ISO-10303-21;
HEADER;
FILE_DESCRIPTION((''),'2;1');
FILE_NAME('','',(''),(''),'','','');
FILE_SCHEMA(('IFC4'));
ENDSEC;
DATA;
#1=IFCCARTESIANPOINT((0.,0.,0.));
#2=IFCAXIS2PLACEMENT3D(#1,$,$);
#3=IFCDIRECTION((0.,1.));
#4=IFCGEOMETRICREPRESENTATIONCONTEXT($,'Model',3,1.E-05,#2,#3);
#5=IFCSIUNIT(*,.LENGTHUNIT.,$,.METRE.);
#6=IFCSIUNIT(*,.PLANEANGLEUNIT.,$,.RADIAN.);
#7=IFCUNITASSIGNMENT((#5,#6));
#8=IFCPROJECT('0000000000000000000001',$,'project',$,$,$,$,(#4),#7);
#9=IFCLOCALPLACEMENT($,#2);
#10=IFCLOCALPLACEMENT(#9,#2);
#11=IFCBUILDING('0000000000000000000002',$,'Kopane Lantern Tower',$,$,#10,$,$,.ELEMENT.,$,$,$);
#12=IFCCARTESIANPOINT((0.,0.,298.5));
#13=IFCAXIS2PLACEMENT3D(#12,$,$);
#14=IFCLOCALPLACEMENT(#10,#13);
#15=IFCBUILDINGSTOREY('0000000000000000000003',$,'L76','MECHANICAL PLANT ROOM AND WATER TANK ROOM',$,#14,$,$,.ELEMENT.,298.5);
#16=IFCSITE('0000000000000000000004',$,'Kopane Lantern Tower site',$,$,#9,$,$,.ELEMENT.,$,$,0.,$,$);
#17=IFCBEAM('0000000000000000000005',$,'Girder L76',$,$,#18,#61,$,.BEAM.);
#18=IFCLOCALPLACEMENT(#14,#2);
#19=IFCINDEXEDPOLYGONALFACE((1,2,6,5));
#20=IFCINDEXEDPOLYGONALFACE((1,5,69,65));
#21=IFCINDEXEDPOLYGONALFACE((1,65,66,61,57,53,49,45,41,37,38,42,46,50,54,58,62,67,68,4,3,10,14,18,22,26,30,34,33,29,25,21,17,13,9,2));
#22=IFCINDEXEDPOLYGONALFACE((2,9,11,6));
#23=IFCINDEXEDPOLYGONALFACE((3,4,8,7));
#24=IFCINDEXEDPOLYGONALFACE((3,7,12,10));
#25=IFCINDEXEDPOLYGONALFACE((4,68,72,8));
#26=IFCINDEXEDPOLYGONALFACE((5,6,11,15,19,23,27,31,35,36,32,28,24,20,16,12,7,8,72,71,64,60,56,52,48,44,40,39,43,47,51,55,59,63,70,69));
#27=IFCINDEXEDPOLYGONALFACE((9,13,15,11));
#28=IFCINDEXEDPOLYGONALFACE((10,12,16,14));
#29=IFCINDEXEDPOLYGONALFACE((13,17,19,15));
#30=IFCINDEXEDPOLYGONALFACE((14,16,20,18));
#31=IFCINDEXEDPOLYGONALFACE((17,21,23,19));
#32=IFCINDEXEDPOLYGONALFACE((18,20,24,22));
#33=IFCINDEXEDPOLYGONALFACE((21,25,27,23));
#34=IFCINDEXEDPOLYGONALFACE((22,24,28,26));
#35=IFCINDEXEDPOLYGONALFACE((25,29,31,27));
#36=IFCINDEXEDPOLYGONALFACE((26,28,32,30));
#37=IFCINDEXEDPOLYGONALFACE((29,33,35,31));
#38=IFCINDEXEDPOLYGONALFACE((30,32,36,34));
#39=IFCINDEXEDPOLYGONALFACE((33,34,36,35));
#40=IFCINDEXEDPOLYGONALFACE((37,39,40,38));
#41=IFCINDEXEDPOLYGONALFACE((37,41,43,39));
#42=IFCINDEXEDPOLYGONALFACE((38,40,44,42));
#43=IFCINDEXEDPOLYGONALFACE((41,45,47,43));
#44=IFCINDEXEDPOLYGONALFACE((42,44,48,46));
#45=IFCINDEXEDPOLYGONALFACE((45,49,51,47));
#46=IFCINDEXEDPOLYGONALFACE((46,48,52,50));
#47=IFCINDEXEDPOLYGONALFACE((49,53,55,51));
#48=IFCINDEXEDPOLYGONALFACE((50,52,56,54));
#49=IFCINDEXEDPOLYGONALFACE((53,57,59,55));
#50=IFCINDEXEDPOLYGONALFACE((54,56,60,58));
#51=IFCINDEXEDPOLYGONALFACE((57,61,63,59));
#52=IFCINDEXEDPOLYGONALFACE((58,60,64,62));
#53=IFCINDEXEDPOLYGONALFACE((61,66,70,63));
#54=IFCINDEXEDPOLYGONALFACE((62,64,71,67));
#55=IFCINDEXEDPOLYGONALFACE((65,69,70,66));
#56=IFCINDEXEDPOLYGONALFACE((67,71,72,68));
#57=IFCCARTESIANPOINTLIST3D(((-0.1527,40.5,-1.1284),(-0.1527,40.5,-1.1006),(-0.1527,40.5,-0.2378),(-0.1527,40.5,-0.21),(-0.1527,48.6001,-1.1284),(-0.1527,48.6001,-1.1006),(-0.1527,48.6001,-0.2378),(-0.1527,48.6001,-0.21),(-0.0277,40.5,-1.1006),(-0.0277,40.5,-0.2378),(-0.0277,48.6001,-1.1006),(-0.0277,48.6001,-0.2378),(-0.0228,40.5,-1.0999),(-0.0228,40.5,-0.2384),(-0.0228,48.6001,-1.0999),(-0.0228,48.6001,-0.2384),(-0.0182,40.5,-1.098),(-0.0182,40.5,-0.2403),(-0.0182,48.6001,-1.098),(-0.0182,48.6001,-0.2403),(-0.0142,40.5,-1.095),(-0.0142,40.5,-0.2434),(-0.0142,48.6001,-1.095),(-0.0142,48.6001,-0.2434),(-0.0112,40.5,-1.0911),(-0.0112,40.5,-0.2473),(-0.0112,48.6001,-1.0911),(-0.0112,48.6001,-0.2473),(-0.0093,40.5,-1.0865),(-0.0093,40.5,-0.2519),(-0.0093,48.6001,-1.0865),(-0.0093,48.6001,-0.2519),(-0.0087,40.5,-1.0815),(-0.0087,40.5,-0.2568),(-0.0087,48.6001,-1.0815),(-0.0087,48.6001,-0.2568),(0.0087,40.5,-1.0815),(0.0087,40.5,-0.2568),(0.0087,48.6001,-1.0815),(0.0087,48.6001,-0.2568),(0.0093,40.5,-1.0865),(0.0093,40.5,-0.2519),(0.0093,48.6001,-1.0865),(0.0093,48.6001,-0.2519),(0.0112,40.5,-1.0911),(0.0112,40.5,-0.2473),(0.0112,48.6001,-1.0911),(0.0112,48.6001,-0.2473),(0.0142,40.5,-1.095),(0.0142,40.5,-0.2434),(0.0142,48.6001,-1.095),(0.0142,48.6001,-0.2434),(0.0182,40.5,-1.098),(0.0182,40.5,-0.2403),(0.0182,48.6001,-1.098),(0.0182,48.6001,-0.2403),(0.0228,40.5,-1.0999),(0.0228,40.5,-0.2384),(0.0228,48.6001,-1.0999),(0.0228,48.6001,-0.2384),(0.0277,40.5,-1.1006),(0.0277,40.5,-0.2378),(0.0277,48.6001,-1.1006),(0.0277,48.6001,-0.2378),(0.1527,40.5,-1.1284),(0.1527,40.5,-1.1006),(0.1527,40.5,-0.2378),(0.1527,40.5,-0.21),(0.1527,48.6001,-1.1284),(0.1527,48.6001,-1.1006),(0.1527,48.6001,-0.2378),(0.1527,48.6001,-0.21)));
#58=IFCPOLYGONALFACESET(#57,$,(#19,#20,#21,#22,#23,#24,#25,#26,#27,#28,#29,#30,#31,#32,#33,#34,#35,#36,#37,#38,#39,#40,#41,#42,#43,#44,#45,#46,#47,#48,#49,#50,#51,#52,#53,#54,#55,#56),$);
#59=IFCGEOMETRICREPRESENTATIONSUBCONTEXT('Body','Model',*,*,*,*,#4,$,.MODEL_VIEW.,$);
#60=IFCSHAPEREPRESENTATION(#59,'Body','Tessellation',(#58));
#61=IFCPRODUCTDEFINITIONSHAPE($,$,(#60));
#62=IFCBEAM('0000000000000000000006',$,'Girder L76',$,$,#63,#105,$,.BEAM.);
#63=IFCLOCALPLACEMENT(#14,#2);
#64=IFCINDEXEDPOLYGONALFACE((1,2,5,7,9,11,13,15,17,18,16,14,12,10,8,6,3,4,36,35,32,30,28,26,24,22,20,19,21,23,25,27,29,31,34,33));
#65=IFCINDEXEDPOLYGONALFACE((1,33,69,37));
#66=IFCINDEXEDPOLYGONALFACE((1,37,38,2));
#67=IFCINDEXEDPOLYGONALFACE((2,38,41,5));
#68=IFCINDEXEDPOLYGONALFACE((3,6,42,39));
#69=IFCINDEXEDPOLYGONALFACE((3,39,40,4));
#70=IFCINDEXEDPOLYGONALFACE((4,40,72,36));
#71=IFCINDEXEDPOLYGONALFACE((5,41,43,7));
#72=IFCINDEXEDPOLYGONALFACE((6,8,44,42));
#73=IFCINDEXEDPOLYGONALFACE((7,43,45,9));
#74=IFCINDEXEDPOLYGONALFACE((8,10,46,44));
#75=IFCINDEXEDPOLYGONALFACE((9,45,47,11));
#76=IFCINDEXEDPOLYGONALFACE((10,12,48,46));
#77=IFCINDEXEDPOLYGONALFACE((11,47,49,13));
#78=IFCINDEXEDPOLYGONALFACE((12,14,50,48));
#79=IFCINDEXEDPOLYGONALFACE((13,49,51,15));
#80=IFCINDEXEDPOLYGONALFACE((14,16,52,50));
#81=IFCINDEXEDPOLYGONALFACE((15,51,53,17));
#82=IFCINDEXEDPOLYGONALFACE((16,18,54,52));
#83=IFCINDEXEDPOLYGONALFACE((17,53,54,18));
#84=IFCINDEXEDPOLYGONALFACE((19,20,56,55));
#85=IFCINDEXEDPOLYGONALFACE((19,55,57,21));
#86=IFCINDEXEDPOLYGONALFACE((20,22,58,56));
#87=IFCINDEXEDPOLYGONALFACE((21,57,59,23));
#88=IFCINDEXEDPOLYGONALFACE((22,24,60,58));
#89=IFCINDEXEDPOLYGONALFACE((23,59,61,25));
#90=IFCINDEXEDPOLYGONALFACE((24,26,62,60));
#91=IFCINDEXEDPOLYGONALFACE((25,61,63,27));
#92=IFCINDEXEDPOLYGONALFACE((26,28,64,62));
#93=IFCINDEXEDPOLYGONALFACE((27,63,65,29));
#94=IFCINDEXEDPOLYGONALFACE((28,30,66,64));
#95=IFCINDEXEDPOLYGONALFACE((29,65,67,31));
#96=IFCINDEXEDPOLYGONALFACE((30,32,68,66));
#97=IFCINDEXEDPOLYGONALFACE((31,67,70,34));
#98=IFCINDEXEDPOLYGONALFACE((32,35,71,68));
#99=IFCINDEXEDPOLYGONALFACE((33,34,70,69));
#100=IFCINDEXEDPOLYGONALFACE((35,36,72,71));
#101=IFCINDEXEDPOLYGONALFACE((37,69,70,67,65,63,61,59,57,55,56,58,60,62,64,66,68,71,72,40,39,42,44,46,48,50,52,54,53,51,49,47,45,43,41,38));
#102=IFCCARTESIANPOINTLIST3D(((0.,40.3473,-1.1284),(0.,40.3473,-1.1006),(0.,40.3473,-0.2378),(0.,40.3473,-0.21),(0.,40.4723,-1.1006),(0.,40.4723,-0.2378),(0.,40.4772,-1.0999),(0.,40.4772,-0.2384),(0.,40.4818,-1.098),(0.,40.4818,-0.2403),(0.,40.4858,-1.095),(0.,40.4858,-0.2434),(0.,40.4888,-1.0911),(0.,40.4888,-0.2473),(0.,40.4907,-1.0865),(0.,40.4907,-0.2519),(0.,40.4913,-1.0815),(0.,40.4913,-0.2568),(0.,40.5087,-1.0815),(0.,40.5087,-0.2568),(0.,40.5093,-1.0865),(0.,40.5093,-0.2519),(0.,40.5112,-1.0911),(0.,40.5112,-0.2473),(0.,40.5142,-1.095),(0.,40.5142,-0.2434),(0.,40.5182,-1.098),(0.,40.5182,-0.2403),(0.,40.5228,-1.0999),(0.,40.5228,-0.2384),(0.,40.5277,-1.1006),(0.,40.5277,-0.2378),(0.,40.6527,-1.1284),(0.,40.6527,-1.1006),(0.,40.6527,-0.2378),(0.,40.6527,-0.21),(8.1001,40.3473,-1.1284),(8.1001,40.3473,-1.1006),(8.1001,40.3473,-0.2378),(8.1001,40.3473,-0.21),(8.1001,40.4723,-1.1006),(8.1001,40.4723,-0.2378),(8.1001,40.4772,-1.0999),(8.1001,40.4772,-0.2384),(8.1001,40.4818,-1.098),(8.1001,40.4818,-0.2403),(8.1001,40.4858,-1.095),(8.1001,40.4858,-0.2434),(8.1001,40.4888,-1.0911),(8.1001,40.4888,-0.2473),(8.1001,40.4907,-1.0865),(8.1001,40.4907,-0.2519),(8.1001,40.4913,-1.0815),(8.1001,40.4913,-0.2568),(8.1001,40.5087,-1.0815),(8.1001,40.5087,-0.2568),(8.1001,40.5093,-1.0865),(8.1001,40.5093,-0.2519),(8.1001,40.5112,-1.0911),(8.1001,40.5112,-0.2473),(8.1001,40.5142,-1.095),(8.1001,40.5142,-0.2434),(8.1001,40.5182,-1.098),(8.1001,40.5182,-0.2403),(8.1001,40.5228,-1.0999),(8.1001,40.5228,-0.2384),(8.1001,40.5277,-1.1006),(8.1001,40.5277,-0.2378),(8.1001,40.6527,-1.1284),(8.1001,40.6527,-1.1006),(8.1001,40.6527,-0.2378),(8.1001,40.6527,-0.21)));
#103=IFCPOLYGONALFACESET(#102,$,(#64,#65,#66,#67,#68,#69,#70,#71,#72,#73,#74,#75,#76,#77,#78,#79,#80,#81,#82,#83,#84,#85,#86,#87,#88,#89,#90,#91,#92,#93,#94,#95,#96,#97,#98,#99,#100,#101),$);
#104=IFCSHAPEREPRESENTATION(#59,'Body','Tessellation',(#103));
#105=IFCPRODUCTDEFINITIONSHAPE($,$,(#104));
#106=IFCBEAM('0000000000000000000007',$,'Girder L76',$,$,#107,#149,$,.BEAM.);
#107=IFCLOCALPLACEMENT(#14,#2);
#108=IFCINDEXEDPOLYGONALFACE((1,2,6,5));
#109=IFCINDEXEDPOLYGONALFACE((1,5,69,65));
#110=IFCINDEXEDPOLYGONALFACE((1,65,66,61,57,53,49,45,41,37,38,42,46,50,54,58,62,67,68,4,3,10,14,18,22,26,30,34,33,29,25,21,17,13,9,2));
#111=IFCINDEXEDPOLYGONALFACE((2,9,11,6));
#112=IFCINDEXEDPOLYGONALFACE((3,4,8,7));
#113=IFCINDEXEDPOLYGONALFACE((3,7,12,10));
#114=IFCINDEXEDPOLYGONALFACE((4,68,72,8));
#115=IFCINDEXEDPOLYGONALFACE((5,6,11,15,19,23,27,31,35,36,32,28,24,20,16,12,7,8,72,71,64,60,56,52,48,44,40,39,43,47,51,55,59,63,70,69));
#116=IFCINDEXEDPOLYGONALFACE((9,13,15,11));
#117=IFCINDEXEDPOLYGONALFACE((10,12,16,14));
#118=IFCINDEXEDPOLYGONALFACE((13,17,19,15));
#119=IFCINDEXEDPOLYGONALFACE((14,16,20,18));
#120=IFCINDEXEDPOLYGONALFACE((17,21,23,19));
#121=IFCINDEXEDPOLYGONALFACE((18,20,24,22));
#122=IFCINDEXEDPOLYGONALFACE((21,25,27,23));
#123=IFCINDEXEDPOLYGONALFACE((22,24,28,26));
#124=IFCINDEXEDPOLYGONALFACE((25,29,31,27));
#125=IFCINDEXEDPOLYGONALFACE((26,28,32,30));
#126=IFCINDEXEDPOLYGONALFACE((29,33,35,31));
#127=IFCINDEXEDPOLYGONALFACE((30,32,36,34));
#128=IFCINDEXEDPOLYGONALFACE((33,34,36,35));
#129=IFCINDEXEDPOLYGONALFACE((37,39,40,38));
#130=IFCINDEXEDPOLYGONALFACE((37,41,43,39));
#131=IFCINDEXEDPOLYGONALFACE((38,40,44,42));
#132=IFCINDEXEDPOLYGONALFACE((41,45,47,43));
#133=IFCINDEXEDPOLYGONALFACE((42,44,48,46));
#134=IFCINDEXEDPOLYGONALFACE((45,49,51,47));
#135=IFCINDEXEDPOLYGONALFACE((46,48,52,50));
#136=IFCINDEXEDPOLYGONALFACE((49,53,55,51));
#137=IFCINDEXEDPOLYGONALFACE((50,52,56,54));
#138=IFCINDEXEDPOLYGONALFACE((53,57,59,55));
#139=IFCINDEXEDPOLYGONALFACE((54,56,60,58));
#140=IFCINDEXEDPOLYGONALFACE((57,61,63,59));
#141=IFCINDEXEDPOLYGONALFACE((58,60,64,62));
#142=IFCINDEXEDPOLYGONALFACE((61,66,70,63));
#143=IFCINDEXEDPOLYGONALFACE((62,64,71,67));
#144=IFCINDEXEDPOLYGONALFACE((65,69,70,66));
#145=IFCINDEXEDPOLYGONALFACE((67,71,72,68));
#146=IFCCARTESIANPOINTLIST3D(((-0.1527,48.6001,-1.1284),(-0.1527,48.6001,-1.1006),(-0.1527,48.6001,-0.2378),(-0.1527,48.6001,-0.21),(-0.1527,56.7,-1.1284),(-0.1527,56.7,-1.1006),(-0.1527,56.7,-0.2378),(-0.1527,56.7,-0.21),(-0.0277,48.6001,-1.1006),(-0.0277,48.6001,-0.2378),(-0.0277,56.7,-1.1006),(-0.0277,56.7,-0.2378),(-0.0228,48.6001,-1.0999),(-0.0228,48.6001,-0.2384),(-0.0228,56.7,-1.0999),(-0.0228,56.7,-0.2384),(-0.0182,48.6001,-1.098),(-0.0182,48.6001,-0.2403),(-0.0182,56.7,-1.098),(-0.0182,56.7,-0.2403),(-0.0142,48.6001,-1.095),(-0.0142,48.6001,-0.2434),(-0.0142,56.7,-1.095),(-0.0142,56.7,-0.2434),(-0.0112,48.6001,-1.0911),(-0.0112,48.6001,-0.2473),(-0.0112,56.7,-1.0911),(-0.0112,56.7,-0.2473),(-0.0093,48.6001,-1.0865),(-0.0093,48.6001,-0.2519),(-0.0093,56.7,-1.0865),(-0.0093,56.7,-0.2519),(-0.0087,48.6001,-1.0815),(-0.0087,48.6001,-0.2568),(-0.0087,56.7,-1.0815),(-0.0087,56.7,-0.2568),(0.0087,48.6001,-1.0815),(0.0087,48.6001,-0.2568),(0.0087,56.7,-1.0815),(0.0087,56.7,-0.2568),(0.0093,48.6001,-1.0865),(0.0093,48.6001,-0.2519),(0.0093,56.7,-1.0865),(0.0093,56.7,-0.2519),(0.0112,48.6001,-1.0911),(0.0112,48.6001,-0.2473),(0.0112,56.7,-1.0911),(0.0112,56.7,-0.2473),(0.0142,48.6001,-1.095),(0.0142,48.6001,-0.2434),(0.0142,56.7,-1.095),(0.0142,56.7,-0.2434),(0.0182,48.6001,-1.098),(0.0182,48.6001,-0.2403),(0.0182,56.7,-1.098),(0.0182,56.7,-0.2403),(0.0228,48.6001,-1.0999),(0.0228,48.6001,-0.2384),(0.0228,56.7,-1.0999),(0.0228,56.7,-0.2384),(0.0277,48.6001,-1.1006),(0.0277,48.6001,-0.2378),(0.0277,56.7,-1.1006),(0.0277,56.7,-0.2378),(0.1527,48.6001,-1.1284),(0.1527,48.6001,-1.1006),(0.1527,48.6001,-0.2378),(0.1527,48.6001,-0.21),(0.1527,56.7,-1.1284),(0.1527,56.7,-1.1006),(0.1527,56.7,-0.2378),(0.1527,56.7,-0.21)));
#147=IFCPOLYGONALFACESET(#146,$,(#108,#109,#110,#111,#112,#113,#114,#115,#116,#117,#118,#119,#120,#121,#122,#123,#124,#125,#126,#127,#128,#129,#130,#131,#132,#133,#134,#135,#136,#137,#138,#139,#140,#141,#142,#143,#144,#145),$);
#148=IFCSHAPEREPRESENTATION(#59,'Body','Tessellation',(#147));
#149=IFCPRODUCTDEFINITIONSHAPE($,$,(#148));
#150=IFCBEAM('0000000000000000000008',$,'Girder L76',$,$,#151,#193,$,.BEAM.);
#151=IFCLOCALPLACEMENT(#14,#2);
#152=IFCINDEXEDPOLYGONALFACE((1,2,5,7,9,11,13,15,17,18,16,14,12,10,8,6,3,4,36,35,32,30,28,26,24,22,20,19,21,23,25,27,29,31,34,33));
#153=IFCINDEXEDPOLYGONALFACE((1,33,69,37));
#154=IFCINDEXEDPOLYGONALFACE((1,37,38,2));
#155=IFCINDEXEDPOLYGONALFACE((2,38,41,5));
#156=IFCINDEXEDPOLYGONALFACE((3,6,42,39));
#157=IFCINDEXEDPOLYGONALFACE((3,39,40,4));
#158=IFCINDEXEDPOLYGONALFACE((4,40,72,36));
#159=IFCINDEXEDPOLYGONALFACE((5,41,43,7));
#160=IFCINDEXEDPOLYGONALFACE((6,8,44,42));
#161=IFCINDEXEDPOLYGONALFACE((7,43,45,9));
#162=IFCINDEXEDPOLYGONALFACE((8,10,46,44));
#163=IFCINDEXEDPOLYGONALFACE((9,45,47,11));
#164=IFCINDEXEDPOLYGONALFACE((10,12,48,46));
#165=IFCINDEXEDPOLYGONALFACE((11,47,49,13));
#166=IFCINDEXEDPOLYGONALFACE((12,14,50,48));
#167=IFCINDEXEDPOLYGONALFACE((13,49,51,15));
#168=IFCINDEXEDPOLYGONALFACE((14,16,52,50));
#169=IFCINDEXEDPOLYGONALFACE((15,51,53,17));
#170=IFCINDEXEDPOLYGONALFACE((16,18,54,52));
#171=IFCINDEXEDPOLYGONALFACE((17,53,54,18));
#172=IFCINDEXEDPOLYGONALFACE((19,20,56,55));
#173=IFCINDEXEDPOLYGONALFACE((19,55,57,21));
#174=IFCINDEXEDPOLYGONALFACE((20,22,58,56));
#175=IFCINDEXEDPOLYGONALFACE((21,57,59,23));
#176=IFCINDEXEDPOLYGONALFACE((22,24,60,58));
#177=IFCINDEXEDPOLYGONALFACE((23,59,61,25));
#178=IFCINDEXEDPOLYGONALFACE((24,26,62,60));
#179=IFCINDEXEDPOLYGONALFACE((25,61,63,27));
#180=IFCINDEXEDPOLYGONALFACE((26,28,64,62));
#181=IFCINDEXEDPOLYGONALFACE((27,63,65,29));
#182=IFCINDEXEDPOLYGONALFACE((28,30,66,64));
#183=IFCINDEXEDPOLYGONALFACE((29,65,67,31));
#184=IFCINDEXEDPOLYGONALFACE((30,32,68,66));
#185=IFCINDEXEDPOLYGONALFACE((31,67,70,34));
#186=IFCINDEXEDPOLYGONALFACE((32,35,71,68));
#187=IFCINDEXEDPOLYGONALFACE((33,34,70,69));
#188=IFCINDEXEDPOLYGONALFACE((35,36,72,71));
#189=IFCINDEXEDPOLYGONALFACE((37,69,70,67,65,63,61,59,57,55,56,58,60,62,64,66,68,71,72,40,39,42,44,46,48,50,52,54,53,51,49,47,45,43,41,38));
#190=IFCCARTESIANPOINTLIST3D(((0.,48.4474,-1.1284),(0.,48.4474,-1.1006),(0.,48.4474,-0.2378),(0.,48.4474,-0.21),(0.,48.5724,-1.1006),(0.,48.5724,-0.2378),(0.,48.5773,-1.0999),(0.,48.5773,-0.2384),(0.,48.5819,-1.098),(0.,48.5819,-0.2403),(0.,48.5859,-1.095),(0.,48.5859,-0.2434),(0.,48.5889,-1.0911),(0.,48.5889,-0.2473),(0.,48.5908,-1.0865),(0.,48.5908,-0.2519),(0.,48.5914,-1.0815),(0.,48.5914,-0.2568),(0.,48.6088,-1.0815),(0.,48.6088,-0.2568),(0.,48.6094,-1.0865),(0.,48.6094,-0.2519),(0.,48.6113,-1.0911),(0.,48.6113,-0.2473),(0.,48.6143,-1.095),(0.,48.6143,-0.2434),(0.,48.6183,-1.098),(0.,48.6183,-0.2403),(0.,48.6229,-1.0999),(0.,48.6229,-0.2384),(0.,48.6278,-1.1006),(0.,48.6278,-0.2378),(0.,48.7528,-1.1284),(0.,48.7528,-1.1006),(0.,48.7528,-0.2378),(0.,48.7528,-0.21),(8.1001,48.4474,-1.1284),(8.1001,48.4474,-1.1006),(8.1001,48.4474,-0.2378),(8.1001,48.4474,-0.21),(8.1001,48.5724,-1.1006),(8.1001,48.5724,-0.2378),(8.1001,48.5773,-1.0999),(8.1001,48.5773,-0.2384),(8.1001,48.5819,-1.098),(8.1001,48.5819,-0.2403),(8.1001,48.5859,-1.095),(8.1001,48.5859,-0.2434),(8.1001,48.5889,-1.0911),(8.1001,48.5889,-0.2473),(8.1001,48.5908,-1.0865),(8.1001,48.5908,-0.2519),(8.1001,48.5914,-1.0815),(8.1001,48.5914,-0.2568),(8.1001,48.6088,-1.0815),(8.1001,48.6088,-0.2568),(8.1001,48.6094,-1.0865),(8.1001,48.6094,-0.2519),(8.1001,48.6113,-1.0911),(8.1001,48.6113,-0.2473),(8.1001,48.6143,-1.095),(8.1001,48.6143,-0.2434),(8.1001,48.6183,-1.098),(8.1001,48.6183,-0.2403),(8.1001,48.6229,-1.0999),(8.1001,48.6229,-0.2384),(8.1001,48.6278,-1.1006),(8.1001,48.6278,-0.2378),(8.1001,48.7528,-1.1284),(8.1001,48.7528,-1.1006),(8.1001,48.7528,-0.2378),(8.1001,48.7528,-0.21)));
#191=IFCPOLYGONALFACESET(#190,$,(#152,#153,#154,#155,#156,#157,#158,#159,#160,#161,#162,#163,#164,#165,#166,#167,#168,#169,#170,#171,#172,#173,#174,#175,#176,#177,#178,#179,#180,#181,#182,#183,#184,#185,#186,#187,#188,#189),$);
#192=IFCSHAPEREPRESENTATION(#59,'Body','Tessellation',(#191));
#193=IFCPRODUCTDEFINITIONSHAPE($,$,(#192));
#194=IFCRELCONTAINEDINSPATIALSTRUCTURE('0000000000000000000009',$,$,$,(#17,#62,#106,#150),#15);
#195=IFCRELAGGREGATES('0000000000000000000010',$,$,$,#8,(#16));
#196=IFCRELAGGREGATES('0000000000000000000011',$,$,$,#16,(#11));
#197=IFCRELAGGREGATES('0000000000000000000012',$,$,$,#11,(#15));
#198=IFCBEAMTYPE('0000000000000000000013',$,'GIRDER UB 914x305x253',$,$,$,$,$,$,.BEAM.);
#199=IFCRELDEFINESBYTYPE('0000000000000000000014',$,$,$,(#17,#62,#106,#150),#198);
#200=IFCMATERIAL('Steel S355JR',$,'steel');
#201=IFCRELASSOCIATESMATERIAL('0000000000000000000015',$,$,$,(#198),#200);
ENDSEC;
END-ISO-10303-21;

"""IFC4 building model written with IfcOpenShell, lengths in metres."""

from ifc_helpers import new_model, si_unit, direction, frame, origin, origin_2d, place, context, subcontext, project, spatial, i_section, extrude, material, material_profile, profile_set, type_object, element, save


model = new_model("IFC4")

# Units and contexts
model_context = context("Model", 3, precision=1e-05, world=origin(), true_north=direction((0.0, 1.0)))
body_context = subcontext(model_context, "Body", "Model", "MODEL_VIEW")
ifc_project = project(units=[si_unit("LENGTHUNIT", "METRE"), si_unit("PLANEANGLEUNIT", "RADIAN")], contexts=[model_context])

# Site, building, storey
site_placement = place(None, origin())
site = spatial("IfcSite", under=ifc_project, at=site_placement, Name="Kopane Lantern Tower site", CompositionType="ELEMENT", RefElevation=0.0)
building_placement = place(site_placement, origin())
building = spatial("IfcBuilding", under=site, at=building_placement, Name="Kopane Lantern Tower", CompositionType="ELEMENT")
storey_placement = place(building_placement, frame((0.0, 0.0, 298.5)))
storey = spatial("IfcBuildingStorey", under=building, at=storey_placement, Name="L76", Description="MECHANICAL PLANT ROOM AND WATER TANK ROOM", CompositionType="ELEMENT", Elevation=298.5)

# Beams
ifc_material_1 = material(Name="Steel S355JR", Category="steel")
ifc_material_profile_1 = material_profile(ifc_material_1, i_section(OverallWidth=0.3054, OverallDepth=0.9185, WebThickness=0.0173, FlangeThickness=0.0278, FilletRadius=0.019, at=origin_2d()), Name="UB 914x305x253")
ifc_profile_set_1 = profile_set([ifc_material_profile_1], Name="Steel S355JR")
beam_type = type_object("IfcBeamType", Name="GIRDER UB 914x305x253", PredefinedType="BEAM", material=ifc_profile_set_1)
for number, where, z_axis, x_axis, name in (
    (1, (0.0, 40.5, -0.6692), (0.0, 1.0, 0.0), (-1.0, 0.0, 0.0), "Girder L76"),
    (2, (0.0, 40.5, -0.6692), (1.0, 0.0, 0.0), (0.0, 1.0, 0.0), "Girder L76"),
):
    element("IfcBeam", number, at=place(storey_placement, frame(where, z_axis=z_axis, x_axis=x_axis)), inside=storey, type_object=beam_type, Name=name, PredefinedType="BEAM", context=body_context, shape_type="SweptSolid", body=[
        extrude(i_section(OverallWidth=0.3054, OverallDepth=0.9185, WebThickness=0.0173, FlangeThickness=0.0278, FilletRadius=0.019, at=origin_2d()), origin(), (0.0, 0.0, 1.0), 8.1001),
    ])
beam_placement = place(storey_placement, frame((0.0, 48.6001, -0.6692), z_axis=(0.0, 1.0, 0.0), x_axis=(-1.0, 0.0, 0.0)))
element("IfcBeam", 3, at=beam_placement, inside=storey, type_object=beam_type, Name="Girder L76", PredefinedType="BEAM", context=body_context, shape_type="SweptSolid", body=[
    extrude(i_section(OverallWidth=0.3054, OverallDepth=0.9185, WebThickness=0.0173, FlangeThickness=0.0278, FilletRadius=0.019, at=origin_2d()), origin(), (0.0, 0.0, 1.0), 8.0999),
])
for number, where, z_axis, x_axis, name in (
    (4, (0.0, 48.6001, -0.6692), (1.0, 0.0, 0.0), (0.0, 1.0, 0.0), "Girder L76"),
):
    element("IfcBeam", number, at=place(storey_placement, frame(where, z_axis=z_axis, x_axis=x_axis)), inside=storey, type_object=beam_type, Name=name, PredefinedType="BEAM", context=body_context, shape_type="SweptSolid", body=[
        extrude(i_section(OverallWidth=0.3054, OverallDepth=0.9185, WebThickness=0.0173, FlangeThickness=0.0278, FilletRadius=0.019, at=origin_2d()), origin(), (0.0, 0.0, 1.0), 8.1001),
    ])

save(model, "model.ifc")
